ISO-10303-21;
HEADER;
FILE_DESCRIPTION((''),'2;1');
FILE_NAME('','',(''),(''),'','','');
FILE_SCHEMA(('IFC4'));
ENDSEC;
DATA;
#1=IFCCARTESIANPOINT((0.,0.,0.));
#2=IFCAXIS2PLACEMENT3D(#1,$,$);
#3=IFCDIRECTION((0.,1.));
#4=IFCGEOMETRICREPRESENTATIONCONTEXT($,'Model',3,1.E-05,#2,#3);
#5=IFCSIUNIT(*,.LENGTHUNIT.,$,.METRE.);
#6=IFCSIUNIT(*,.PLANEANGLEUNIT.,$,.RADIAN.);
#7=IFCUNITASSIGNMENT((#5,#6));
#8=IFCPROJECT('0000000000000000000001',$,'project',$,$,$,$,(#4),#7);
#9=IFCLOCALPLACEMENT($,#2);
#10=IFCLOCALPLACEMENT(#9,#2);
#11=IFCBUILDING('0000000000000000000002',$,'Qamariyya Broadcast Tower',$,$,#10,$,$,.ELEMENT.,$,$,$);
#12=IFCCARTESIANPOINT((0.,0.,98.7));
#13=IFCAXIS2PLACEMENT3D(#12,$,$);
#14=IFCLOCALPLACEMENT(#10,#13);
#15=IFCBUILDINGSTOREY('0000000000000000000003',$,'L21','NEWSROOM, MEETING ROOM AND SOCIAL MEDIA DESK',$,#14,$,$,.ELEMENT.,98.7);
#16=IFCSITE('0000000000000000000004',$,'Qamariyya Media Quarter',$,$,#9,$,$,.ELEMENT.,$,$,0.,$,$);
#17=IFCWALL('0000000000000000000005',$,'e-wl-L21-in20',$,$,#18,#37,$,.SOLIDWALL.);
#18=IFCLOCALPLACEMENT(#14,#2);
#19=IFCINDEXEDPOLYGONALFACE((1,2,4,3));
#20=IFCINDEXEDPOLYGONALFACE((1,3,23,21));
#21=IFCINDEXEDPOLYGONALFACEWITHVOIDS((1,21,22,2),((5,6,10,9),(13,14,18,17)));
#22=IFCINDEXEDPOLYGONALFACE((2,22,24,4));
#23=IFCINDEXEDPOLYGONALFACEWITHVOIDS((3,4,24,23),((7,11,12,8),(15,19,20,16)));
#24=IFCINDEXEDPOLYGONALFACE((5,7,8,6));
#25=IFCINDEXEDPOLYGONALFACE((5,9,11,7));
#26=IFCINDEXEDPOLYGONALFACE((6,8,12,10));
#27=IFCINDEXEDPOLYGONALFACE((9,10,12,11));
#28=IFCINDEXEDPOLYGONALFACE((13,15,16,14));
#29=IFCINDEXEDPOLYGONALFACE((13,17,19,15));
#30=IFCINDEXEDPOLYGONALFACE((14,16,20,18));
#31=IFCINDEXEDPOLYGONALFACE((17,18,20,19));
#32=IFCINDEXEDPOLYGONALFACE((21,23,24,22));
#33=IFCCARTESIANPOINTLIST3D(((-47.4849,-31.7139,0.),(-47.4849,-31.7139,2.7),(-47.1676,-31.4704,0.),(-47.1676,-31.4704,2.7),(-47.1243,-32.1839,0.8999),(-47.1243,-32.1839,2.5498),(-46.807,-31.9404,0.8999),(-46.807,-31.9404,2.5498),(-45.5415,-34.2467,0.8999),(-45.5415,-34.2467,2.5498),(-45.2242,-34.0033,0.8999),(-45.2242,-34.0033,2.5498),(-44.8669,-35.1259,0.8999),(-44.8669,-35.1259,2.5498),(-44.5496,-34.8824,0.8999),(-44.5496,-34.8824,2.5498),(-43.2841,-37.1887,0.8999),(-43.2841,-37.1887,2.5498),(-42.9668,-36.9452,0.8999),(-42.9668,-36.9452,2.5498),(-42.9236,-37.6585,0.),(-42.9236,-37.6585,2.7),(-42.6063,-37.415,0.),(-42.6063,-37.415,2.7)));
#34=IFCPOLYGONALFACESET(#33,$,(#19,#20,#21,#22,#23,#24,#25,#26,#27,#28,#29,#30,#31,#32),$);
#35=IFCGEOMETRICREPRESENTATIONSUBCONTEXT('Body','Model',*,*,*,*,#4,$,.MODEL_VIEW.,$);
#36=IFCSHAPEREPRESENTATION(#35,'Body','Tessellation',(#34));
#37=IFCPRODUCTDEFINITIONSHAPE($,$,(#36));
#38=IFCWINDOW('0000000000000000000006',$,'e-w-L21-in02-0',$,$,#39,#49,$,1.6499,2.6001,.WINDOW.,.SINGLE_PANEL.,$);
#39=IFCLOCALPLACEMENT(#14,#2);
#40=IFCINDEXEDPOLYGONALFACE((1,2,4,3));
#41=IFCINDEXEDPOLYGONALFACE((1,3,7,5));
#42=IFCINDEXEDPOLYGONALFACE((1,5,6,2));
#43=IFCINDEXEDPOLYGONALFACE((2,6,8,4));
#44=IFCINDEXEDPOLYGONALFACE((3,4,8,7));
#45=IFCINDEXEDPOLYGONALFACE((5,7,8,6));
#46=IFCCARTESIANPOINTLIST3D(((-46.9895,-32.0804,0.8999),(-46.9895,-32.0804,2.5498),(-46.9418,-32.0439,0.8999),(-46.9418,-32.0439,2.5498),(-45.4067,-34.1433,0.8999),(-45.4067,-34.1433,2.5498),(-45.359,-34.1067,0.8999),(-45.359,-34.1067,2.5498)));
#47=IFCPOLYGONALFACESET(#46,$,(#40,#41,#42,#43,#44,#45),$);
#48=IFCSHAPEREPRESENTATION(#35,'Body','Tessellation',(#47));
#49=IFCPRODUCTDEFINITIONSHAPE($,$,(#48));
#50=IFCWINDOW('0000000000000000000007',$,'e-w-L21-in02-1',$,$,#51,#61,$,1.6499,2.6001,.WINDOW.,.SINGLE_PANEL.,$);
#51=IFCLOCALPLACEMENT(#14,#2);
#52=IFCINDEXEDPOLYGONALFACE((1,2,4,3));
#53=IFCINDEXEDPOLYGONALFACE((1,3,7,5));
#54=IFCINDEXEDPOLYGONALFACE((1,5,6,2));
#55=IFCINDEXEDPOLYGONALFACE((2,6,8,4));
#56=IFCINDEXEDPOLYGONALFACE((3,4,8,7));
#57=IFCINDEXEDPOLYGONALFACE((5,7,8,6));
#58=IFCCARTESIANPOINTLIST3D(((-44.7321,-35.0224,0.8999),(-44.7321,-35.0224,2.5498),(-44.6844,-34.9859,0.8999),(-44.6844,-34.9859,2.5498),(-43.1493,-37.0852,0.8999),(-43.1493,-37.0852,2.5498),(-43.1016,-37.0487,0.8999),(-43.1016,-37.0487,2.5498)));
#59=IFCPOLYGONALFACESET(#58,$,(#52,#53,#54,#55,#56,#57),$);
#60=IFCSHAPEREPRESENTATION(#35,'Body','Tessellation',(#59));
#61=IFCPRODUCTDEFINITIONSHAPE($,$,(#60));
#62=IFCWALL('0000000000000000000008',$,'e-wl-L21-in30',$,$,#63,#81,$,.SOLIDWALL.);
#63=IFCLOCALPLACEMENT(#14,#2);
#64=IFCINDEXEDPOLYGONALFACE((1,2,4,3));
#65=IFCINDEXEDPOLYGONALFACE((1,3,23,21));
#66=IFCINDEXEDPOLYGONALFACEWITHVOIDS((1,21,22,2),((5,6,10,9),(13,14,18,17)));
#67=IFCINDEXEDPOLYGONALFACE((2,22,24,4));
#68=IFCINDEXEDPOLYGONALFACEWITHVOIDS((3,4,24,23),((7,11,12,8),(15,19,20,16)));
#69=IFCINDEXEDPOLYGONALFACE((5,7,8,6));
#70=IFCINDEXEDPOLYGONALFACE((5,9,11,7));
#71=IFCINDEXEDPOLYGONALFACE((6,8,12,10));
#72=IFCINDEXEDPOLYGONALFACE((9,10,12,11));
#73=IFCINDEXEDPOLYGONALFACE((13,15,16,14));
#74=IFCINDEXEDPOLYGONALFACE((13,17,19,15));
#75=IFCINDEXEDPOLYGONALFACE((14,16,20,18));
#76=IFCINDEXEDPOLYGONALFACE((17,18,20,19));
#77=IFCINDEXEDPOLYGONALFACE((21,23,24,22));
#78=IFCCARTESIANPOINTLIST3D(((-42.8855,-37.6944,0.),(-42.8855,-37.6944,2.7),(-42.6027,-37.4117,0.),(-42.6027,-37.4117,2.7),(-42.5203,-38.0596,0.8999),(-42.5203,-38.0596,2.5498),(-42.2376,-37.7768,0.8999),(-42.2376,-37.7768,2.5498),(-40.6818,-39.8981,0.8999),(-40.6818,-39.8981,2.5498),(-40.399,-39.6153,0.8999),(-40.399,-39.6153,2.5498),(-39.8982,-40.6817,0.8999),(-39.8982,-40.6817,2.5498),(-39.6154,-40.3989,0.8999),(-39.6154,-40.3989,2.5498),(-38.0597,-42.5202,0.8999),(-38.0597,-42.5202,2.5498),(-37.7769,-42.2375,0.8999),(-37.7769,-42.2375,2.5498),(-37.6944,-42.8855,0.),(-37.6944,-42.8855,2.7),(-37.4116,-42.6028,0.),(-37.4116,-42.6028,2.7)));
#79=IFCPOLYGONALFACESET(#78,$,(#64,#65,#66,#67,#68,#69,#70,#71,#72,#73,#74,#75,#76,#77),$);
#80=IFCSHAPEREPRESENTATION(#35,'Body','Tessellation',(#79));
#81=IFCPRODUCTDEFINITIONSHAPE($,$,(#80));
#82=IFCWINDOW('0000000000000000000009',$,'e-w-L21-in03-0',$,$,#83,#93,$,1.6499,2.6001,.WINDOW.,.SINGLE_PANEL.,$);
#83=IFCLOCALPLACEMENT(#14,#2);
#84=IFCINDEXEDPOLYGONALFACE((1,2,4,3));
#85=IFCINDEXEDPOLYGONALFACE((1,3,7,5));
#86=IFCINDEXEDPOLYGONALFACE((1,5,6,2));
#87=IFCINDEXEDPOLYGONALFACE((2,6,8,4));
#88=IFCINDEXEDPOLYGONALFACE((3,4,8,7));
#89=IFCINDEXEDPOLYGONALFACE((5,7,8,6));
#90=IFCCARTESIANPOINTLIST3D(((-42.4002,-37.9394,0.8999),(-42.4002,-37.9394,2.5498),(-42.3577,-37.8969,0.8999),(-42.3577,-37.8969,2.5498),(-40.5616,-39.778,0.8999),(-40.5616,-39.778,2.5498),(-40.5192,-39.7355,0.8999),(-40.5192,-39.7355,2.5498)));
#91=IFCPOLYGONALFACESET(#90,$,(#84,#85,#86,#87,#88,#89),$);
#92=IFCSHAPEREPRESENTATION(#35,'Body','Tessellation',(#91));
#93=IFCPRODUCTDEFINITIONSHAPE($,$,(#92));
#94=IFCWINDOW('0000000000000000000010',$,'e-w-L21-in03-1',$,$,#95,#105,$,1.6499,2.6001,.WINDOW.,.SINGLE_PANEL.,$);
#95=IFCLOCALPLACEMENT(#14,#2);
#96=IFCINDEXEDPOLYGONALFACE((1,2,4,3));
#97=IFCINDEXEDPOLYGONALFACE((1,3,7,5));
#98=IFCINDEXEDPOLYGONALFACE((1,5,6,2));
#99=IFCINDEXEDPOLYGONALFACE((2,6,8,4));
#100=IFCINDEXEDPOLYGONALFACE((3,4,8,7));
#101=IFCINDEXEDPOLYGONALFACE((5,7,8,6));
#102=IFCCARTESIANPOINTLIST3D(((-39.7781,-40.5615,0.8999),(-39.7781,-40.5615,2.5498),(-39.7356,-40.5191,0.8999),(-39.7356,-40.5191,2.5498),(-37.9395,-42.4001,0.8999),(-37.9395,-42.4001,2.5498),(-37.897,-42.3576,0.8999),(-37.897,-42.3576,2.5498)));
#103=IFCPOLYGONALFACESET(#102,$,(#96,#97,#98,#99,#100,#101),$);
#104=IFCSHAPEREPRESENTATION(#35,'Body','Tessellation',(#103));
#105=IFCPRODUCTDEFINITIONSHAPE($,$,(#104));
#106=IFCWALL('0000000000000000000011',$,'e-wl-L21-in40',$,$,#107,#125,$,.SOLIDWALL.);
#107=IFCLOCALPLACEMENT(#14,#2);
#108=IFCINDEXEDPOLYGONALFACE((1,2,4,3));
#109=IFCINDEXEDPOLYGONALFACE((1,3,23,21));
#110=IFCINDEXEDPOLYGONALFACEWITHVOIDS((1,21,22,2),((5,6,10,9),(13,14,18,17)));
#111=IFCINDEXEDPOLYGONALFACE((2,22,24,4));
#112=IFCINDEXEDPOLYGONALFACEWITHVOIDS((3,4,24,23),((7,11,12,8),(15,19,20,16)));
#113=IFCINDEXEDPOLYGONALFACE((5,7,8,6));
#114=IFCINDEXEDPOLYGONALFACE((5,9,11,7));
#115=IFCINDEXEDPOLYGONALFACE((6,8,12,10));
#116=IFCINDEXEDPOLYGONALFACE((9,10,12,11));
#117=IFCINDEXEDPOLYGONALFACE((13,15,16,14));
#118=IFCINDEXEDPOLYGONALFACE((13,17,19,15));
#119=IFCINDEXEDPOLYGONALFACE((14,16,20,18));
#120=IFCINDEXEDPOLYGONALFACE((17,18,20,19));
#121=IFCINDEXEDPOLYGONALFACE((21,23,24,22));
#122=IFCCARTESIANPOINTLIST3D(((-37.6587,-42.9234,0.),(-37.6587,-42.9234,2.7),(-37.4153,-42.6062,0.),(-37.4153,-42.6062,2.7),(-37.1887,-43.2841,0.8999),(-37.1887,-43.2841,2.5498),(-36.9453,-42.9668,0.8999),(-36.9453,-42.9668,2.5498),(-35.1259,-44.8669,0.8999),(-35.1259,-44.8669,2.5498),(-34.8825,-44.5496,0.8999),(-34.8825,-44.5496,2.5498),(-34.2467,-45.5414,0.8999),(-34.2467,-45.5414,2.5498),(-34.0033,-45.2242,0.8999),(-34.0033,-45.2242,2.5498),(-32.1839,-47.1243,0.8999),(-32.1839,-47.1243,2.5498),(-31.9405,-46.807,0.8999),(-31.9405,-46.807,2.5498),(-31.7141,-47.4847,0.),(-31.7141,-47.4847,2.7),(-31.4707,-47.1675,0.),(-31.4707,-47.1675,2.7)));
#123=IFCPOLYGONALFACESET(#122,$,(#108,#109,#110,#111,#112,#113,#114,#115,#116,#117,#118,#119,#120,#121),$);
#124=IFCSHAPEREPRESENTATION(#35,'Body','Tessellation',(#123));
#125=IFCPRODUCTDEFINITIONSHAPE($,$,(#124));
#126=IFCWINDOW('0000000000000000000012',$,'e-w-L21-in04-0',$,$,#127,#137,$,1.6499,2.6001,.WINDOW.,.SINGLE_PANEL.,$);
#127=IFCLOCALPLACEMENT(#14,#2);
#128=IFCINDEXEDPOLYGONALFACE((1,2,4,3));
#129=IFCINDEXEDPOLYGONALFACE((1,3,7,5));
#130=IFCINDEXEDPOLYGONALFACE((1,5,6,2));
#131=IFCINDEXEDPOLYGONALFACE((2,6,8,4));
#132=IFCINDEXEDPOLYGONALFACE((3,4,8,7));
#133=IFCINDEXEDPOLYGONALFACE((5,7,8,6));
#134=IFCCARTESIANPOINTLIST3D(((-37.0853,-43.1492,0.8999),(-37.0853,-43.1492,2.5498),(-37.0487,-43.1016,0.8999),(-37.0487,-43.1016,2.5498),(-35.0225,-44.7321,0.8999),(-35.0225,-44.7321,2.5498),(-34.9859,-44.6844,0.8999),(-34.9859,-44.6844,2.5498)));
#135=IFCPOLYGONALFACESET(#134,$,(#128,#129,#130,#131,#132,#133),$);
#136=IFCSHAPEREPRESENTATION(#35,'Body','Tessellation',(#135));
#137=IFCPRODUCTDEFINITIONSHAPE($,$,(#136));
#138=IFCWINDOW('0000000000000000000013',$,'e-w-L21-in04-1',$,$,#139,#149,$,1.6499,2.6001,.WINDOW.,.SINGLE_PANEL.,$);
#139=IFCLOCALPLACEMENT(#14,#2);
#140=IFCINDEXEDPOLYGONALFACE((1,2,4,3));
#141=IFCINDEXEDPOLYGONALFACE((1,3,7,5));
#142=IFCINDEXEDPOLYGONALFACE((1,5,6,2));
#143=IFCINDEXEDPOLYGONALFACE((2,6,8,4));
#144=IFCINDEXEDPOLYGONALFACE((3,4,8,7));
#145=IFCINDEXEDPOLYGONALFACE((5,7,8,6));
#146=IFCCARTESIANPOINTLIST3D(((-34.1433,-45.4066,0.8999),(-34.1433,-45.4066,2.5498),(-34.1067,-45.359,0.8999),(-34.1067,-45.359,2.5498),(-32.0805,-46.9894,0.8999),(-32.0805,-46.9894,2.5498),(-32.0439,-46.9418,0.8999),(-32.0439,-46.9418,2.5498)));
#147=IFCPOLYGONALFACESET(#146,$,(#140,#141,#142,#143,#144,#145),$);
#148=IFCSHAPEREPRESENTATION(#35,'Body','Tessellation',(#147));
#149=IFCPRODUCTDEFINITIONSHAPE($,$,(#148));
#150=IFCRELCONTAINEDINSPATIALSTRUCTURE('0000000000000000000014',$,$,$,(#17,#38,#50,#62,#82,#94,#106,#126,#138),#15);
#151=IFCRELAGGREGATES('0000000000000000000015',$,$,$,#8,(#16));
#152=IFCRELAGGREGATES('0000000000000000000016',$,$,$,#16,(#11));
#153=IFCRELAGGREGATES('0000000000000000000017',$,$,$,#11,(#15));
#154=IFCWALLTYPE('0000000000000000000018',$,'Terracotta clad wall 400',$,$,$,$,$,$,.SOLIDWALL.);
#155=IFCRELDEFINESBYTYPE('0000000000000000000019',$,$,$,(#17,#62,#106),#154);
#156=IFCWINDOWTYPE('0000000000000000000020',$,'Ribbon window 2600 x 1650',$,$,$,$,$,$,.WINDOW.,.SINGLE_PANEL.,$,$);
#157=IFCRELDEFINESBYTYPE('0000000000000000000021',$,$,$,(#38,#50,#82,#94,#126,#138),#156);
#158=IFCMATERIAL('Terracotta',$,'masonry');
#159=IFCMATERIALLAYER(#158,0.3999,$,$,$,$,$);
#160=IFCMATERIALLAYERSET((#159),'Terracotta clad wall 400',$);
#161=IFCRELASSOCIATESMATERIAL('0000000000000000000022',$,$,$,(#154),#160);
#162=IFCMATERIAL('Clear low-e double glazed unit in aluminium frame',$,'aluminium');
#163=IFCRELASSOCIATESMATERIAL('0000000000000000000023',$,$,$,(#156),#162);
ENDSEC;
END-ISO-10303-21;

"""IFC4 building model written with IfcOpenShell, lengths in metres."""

from ifc_helpers import new_model, si_unit, direction, frame, frame_2d, origin, place, context, subcontext, project, spatial, rectangle, extrude, material, layer, layer_set, type_object, element, fill, save


model = new_model("IFC4")

# Units and contexts
model_context = context("Model", 3, precision=1e-05, world=origin(), true_north=direction((0.0, 1.0)))
body_context = subcontext(model_context, "Body", "Model", "MODEL_VIEW")
ifc_project = project(units=[si_unit("LENGTHUNIT", "METRE"), si_unit("PLANEANGLEUNIT", "RADIAN")], contexts=[model_context])

# Site, building, storey
site_placement = place(None, origin())
site = spatial("IfcSite", under=ifc_project, at=site_placement, Name="Qamariyya Media Quarter", CompositionType="ELEMENT", RefElevation=0.0)
building_placement = place(site_placement, origin())
building = spatial("IfcBuilding", under=site, at=building_placement, Name="Qamariyya Broadcast Tower", CompositionType="ELEMENT")
storey_placement = place(building_placement, frame((0.0, 0.0, 98.7)))
storey = spatial("IfcBuildingStorey", under=building, at=storey_placement, Name="L21", Description="NEWSROOM, MEETING ROOM AND SOCIAL MEDIA DESK", CompositionType="ELEMENT", Elevation=98.7)

# Walls, openings, windows
ifc_material_1 = material(Name="Terracotta", Category="masonry")
ifc_layer_1 = layer(ifc_material_1, 0.3999)
ifc_layer_set_1 = layer_set([ifc_layer_1], Name="Terracotta clad wall 400")
wall_type_1 = type_object("IfcWallType", Name="Terracotta clad wall 400", PredefinedType="SOLIDWALL", material=ifc_layer_set_1)
wall_1_placement = place(storey_placement, frame((-42.7649, -37.5369, 0.0), z_axis=(0.0, 0.0, 1.0), x_axis=(-0.608748, 0.793363, 0.0)))
wall_1 = element("IfcWall", 1, at=wall_1_placement, inside=storey, type_object=wall_type_1, Name="e-wl-L21-in20", PredefinedType="SOLIDWALL", context=body_context, shape_type="SweptSolid", body=[
    extrude(rectangle(XDim=7.4929, YDim=0.3999, at=frame_2d((3.7466, 0.0))), origin(), (0.0, 0.0, 1.0), 2.7),
])
opening_1_placement = place(wall_1_placement, frame((4.3005, 0.0, 0.8999)))
opening_1 = element("IfcOpeningElement", 2, at=opening_1_placement, cuts=wall_1, PredefinedType="OPENING", context=body_context, shape_type="SweptSolid", body=[
    extrude(rectangle(XDim=2.6001, YDim=1.6499, at=frame_2d((1.3, 0.825))), frame((0.0, 0.21, 0.0), z_axis=(0.0, -1.0, 0.0), x_axis=(1.0, 0.0, 0.0)), (0.0, 0.0, 1.0), 0.4199),
])
opening_2_placement = place(wall_1_placement, frame((0.5923, 0.0, 0.8999)))
opening_2 = element("IfcOpeningElement", 3, at=opening_2_placement, cuts=wall_1, PredefinedType="OPENING", context=body_context, shape_type="SweptSolid", body=[
    extrude(rectangle(XDim=2.6001, YDim=1.6499, at=frame_2d((1.3, 0.825))), frame((0.0, 0.21, 0.0), z_axis=(0.0, -1.0, 0.0), x_axis=(1.0, 0.0, 0.0)), (0.0, 0.0, 1.0), 0.4199),
])
ifc_material_2 = material(Name="Clear low-e double glazed unit in aluminium frame", Category="aluminium")
window_type = type_object("IfcWindowType", Name="Ribbon window 2600 x 1650", PartitioningType="SINGLE_PANEL", PredefinedType="WINDOW", material=ifc_material_2)
window_1_placement = place(opening_1_placement, origin())
window_1 = element("IfcWindow", 4, at=window_1_placement, inside=storey, type_object=window_type, Name="e-w-L21-in02-0", OverallHeight=1.6499, OverallWidth=2.6001, PartitioningType="SINGLE_PANEL", PredefinedType="WINDOW", context=body_context, shape_type="SweptSolid", body=[
    extrude(rectangle(XDim=2.6001, YDim=1.6499, at=frame_2d((1.3, 0.825))), frame((0.0, 0.03, 0.0), z_axis=(0.0, -1.0, 0.0), x_axis=(1.0, 0.0, 0.0)), (0.0, 0.0, 1.0), 0.0601),
])
fill(opening_1, window_1)
window_2_placement = place(opening_2_placement, origin())
window_2 = element("IfcWindow", 5, at=window_2_placement, inside=storey, type_object=window_type, Name="e-w-L21-in02-1", OverallHeight=1.6499, OverallWidth=2.6001, PartitioningType="SINGLE_PANEL", PredefinedType="WINDOW", context=body_context, shape_type="SweptSolid", body=[
    extrude(rectangle(XDim=2.6001, YDim=1.6499, at=frame_2d((1.3, 0.825))), frame((0.0, 0.03, 0.0), z_axis=(0.0, -1.0, 0.0), x_axis=(1.0, 0.0, 0.0)), (0.0, 0.0, 1.0), 0.0601),
])
fill(opening_2, window_2)
wall_2_placement = place(storey_placement, frame((-37.553, -42.7441, 0.0), z_axis=(0.0, 0.0, 1.0), x_axis=(-0.707107, 0.707107, 0.0)))
wall_2 = element("IfcWall", 6, at=wall_2_placement, inside=storey, type_object=wall_type_1, Name="e-wl-L21-in30", PredefinedType="SOLIDWALL", context=body_context, shape_type="SweptSolid", body=[
    extrude(rectangle(XDim=7.3413, YDim=0.3999, at=frame_2d((3.6707, 0.0))), origin(), (0.0, 0.0, 1.0), 2.7),
])
opening_3_placement = place(wall_2_placement, frame((4.2249, 0.0, 0.8999)))
opening_3 = element("IfcOpeningElement", 7, at=opening_3_placement, cuts=wall_2, PredefinedType="OPENING", context=body_context, shape_type="SweptSolid", body=[
    extrude(rectangle(XDim=2.6001, YDim=1.6499, at=frame_2d((1.3, 0.825))), frame((0.0, 0.21, 0.0), z_axis=(0.0, -1.0, 0.0), x_axis=(1.0, 0.0, 0.0)), (0.0, 0.0, 1.0), 0.4199),
])
opening_4_placement = place(wall_2_placement, frame((0.5166, 0.0, 0.8999)))
opening_4 = element("IfcOpeningElement", 8, at=opening_4_placement, cuts=wall_2, PredefinedType="OPENING", context=body_context, shape_type="SweptSolid", body=[
    extrude(rectangle(XDim=2.6001, YDim=1.6499, at=frame_2d((1.3, 0.825))), frame((0.0, 0.21, 0.0), z_axis=(0.0, -1.0, 0.0), x_axis=(1.0, 0.0, 0.0)), (0.0, 0.0, 1.0), 0.4199),
])
window_3_placement = place(opening_3_placement, origin())
window_3 = element("IfcWindow", 9, at=window_3_placement, inside=storey, type_object=window_type, Name="e-w-L21-in03-0", OverallHeight=1.6499, OverallWidth=2.6001, PartitioningType="SINGLE_PANEL", PredefinedType="WINDOW", context=body_context, shape_type="SweptSolid", body=[
    extrude(rectangle(XDim=2.6001, YDim=1.6499, at=frame_2d((1.3, 0.825))), frame((0.0, 0.03, 0.0), z_axis=(0.0, -1.0, 0.0), x_axis=(1.0, 0.0, 0.0)), (0.0, 0.0, 1.0), 0.0601),
])
fill(opening_3, window_3)
window_4_placement = place(opening_4_placement, origin())
window_4 = element("IfcWindow", 10, at=window_4_placement, inside=storey, type_object=window_type, Name="e-w-L21-in03-1", OverallHeight=1.6499, OverallWidth=2.6001, PartitioningType="SINGLE_PANEL", PredefinedType="WINDOW", context=body_context, shape_type="SweptSolid", body=[
    extrude(rectangle(XDim=2.6001, YDim=1.6499, at=frame_2d((1.3, 0.825))), frame((0.0, 0.03, 0.0), z_axis=(0.0, -1.0, 0.0), x_axis=(1.0, 0.0, 0.0)), (0.0, 0.0, 1.0), 0.0601),
])
fill(opening_4, window_4)
wall_3_placement = place(storey_placement, frame((-31.5923, -47.3262, 0.0), z_axis=(0.0, 0.0, 1.0), x_axis=(-0.793363, 0.608748, 0.0)))
wall_3 = element("IfcWall", 11, at=wall_3_placement, inside=storey, type_object=wall_type_1, Name="e-wl-L21-in40", PredefinedType="SOLIDWALL", context=body_context, shape_type="SweptSolid", body=[
    extrude(rectangle(XDim=7.4929, YDim=0.3999, at=frame_2d((3.7466, 0.0))), origin(), (0.0, 0.0, 1.0), 2.7),
])
opening_5_placement = place(wall_3_placement, frame((4.3005, 0.0, 0.8999)))
opening_5 = element("IfcOpeningElement", 12, at=opening_5_placement, cuts=wall_3, PredefinedType="OPENING", context=body_context, shape_type="SweptSolid", body=[
    extrude(rectangle(XDim=2.6001, YDim=1.6499, at=frame_2d((1.3, 0.825))), frame((0.0, 0.21, 0.0), z_axis=(0.0, -1.0, 0.0), x_axis=(1.0, 0.0, 0.0)), (0.0, 0.0, 1.0), 0.4199),
])
opening_6_placement = place(wall_3_placement, frame((0.5923, 0.0, 0.8999)))
opening_6 = element("IfcOpeningElement", 13, at=opening_6_placement, cuts=wall_3, PredefinedType="OPENING", context=body_context, shape_type="SweptSolid", body=[
    extrude(rectangle(XDim=2.6001, YDim=1.6499, at=frame_2d((1.3, 0.825))), frame((0.0, 0.21, 0.0), z_axis=(0.0, -1.0, 0.0), x_axis=(1.0, 0.0, 0.0)), (0.0, 0.0, 1.0), 0.4199),
])
window_5_placement = place(opening_5_placement, origin())
window_5 = element("IfcWindow", 14, at=window_5_placement, inside=storey, type_object=window_type, Name="e-w-L21-in04-0", OverallHeight=1.6499, OverallWidth=2.6001, PartitioningType="SINGLE_PANEL", PredefinedType="WINDOW", context=body_context, shape_type="SweptSolid", body=[
    extrude(rectangle(XDim=2.6001, YDim=1.6499, at=frame_2d((1.3, 0.825))), frame((0.0, 0.03, 0.0), z_axis=(0.0, -1.0, 0.0), x_axis=(1.0, 0.0, 0.0)), (0.0, 0.0, 1.0), 0.0601),
])
fill(opening_5, window_5)
window_6_placement = place(opening_6_placement, origin())
window_6 = element("IfcWindow", 15, at=window_6_placement, inside=storey, type_object=window_type, Name="e-w-L21-in04-1", OverallHeight=1.6499, OverallWidth=2.6001, PartitioningType="SINGLE_PANEL", PredefinedType="WINDOW", context=body_context, shape_type="SweptSolid", body=[
    extrude(rectangle(XDim=2.6001, YDim=1.6499, at=frame_2d((1.3, 0.825))), frame((0.0, 0.03, 0.0), z_axis=(0.0, -1.0, 0.0), x_axis=(1.0, 0.0, 0.0)), (0.0, 0.0, 1.0), 0.0601),
])
fill(opening_6, window_6)

save(model, "model.ifc")
